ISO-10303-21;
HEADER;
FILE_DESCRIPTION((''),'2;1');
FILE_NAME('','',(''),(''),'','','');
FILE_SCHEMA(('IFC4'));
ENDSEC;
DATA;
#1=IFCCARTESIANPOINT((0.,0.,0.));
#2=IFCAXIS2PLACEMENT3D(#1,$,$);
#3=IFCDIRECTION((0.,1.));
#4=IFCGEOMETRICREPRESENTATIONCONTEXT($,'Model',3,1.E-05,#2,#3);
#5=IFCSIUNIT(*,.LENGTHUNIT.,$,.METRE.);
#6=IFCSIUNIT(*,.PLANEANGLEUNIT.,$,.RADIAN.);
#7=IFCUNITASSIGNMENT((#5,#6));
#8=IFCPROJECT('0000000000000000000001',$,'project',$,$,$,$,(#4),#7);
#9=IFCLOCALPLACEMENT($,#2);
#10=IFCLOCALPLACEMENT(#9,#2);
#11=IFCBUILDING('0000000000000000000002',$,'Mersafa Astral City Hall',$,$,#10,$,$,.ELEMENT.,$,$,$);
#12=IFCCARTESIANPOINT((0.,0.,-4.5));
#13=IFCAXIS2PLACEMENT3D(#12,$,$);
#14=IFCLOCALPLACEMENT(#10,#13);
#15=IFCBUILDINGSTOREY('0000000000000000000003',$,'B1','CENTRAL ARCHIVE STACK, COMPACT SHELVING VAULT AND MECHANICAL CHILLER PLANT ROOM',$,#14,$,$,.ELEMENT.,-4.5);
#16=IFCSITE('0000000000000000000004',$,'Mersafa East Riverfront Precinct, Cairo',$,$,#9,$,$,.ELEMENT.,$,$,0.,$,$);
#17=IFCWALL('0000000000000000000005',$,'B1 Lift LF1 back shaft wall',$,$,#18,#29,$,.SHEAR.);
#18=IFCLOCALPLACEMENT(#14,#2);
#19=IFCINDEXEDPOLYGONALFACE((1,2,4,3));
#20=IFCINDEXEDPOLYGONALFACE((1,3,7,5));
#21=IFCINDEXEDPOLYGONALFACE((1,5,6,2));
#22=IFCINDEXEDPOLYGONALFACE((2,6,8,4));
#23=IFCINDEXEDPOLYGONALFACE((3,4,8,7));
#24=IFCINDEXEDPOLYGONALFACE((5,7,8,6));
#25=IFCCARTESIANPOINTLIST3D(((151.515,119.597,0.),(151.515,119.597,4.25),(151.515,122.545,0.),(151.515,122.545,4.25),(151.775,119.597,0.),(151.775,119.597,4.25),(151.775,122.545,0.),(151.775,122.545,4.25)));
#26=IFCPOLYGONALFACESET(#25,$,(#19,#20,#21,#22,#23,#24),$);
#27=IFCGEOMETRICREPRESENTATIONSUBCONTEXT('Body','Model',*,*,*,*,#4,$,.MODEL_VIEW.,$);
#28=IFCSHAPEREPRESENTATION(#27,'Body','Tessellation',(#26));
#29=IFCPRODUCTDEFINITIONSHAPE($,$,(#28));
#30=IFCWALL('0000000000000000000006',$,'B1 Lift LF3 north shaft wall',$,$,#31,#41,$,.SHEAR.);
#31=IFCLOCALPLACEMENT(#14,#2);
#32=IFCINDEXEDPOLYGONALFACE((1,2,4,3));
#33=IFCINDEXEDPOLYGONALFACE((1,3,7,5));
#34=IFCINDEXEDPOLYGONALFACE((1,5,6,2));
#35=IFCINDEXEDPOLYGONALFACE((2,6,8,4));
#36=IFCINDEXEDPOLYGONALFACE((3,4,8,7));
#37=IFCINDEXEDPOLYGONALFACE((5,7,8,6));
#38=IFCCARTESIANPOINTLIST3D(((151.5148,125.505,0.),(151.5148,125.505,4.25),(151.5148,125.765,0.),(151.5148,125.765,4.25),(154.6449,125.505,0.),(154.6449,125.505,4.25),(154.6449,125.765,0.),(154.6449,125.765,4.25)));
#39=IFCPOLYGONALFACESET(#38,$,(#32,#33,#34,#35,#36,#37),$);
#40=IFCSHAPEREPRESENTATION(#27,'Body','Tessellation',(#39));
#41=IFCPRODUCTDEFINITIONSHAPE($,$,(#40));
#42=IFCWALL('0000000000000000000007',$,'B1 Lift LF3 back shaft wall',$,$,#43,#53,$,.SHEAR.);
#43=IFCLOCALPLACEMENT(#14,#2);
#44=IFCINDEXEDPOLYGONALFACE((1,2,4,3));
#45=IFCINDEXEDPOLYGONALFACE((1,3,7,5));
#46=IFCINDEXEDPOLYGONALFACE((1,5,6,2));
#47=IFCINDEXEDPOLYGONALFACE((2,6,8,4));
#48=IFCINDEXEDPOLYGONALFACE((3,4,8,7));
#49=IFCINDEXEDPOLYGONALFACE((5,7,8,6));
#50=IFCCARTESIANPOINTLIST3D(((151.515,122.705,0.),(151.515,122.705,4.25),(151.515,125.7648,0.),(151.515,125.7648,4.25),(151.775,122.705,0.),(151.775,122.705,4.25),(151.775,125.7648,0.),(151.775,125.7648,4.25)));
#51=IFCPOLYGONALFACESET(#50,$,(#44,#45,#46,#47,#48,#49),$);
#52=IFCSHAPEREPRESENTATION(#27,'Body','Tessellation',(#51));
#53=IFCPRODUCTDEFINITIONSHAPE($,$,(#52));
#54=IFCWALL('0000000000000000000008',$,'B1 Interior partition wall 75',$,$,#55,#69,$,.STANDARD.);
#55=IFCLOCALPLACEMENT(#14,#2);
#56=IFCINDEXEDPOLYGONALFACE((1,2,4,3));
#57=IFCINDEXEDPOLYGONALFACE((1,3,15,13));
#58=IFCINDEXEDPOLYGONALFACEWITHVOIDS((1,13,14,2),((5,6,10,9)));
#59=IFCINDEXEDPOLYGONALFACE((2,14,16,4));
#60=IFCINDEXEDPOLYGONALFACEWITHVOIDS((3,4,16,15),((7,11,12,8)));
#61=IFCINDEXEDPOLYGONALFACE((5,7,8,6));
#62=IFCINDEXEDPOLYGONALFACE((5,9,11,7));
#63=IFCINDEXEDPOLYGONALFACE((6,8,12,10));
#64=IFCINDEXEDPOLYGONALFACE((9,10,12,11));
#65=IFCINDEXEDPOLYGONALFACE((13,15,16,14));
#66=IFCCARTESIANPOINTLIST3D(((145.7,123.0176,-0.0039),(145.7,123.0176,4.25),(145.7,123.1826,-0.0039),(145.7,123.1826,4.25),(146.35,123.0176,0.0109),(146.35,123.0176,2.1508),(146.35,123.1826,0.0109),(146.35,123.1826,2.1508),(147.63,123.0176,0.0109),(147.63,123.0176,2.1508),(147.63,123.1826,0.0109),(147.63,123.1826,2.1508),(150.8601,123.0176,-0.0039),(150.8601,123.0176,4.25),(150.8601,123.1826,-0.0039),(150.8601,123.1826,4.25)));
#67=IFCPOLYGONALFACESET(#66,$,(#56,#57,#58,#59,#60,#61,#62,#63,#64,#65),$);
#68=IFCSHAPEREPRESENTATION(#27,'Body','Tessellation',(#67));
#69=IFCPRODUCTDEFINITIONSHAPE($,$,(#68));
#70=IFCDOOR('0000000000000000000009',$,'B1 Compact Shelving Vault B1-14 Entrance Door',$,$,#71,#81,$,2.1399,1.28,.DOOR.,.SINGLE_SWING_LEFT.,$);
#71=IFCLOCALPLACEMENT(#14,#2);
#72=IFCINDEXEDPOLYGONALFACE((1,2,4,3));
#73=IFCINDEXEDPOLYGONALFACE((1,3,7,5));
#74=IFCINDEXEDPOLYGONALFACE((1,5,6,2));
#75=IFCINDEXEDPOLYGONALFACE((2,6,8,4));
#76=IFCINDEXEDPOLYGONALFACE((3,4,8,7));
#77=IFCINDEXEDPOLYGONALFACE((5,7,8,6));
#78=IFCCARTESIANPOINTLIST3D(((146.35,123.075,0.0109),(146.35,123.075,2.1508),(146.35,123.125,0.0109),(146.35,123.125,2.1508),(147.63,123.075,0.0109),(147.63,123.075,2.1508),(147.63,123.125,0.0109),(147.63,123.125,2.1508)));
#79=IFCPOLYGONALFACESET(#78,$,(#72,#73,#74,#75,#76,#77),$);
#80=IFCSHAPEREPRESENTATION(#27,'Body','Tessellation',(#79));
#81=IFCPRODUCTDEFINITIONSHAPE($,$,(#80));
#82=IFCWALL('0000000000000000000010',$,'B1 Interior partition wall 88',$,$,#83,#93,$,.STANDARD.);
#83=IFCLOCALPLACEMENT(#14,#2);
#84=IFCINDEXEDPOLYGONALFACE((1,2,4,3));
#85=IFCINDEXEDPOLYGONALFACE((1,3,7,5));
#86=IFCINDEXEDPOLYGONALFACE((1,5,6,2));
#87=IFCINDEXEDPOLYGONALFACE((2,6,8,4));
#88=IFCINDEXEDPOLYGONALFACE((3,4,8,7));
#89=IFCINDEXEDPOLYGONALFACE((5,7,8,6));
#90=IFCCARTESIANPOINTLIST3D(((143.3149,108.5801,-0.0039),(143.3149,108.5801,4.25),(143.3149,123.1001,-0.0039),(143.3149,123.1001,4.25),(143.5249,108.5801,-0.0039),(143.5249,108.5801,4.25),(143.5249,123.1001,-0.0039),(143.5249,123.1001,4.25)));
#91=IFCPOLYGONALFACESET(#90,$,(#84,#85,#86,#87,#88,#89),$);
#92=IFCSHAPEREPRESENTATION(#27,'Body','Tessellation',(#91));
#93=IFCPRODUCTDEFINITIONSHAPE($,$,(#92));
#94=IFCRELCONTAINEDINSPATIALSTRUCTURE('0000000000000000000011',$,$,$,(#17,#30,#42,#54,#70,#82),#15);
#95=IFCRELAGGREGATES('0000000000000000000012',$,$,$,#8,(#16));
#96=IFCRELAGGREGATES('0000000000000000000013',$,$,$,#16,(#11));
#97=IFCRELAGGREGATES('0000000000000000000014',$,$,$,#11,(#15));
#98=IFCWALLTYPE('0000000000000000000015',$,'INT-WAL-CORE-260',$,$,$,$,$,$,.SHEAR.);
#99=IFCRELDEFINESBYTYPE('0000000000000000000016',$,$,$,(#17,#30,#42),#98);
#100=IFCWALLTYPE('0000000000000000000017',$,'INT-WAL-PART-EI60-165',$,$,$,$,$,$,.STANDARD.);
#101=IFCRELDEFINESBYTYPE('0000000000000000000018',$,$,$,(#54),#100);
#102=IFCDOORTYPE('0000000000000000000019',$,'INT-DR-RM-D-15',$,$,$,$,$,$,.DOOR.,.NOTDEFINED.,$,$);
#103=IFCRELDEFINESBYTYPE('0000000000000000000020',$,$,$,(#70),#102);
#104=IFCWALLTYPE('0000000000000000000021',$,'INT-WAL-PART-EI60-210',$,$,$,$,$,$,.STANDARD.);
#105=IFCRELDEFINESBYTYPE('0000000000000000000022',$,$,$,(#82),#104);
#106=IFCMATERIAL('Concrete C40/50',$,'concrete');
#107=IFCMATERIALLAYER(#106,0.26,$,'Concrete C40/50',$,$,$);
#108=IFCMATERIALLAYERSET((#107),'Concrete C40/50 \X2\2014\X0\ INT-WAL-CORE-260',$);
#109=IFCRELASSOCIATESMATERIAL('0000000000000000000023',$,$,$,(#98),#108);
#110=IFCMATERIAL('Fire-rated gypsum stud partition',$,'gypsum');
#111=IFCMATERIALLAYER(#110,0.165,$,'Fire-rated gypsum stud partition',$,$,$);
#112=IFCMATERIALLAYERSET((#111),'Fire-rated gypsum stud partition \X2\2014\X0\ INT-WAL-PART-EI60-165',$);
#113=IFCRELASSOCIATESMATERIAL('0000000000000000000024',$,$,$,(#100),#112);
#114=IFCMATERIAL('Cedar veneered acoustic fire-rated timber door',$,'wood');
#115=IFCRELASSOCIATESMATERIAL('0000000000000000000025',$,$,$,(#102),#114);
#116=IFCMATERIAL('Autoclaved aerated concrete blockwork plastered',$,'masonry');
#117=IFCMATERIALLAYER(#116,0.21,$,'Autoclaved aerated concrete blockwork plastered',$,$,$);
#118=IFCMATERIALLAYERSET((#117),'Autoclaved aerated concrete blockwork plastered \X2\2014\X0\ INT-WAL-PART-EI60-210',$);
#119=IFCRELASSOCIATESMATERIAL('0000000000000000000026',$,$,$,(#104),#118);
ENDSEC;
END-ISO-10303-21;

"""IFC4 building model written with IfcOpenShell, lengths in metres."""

from ifc_helpers import new_model, si_unit, direction, frame, frame_2d, origin, place, context, subcontext, project, spatial, rectangle, extrude, material, layer, layer_set, type_object, element, fill, save


model = new_model("IFC4")

# Units and contexts
model_context = context("Model", 3, precision=1e-05, world=origin(), true_north=direction((0.0, 1.0)))
body_context = subcontext(model_context, "Body", "Model", "MODEL_VIEW")
ifc_project = project(units=[si_unit("LENGTHUNIT", "METRE"), si_unit("PLANEANGLEUNIT", "RADIAN")], contexts=[model_context])

# Site, building, storey
site_placement = place(None, origin())
site = spatial("IfcSite", under=ifc_project, at=site_placement, Name="Mersafa East Riverfront Precinct, Cairo", CompositionType="ELEMENT", RefElevation=0.0)
building_placement = place(site_placement, origin())
building = spatial("IfcBuilding", under=site, at=building_placement, Name="Mersafa Astral City Hall", CompositionType="ELEMENT")
storey_placement = place(building_placement, frame((0.0, 0.0, -4.5)))
storey = spatial("IfcBuildingStorey", under=building, at=storey_placement, Name="B1", Description="CENTRAL ARCHIVE STACK, COMPACT SHELVING VAULT AND MECHANICAL CHILLER PLANT ROOM", CompositionType="ELEMENT", Elevation=-4.5)

# Shared definitions
ifc_material_1 = material(Name="Concrete C40/50", Category="concrete")

# Walls
ifc_layer_1 = layer(ifc_material_1, 0.26, Name="Concrete C40/50")
ifc_layer_set_1 = layer_set([ifc_layer_1], Name="Concrete C40/50 — INT-WAL-CORE-260")
wall_type_1 = type_object("IfcWallType", Name="INT-WAL-CORE-260", PredefinedType="SHEAR", material=ifc_layer_set_1)
wall_1_placement = place(storey_placement, frame((151.645, 119.5969, 0.0), z_axis=(0.0, 0.0, 1.0), x_axis=(0.0, 1.0, 0.0)))
element("IfcWall", 1, at=wall_1_placement, inside=storey, type_object=wall_type_1, Name="B1 Lift LF1 back shaft wall", PredefinedType="SHEAR", context=body_context, shape_type="SweptSolid", body=[
    extrude(rectangle(XDim=2.948, YDim=0.26, at=frame_2d((1.4741, 0.0))), origin(), (0.0, 0.0, 1.0), 4.25),
])
wall_2_placement = place(storey_placement, frame((151.5149, 125.635, 0.0), z_axis=(0.0, 0.0, 1.0), x_axis=(1.0, 0.0, 0.0)))
element("IfcWall", 2, at=wall_2_placement, inside=storey, type_object=wall_type_1, Name="B1 Lift LF3 north shaft wall", PredefinedType="SHEAR", context=body_context, shape_type="SweptSolid", body=[
    extrude(rectangle(XDim=3.1301, YDim=0.26, at=frame_2d((1.5649, 0.0))), origin(), (0.0, 0.0, 1.0), 4.25),
])
wall_3_placement = place(storey_placement, frame((151.645, 122.7051, 0.0), z_axis=(0.0, 0.0, 1.0), x_axis=(0.0, 1.0, 0.0)))
element("IfcWall", 3, at=wall_3_placement, inside=storey, type_object=wall_type_1, Name="B1 Lift LF3 back shaft wall", PredefinedType="SHEAR", context=body_context, shape_type="SweptSolid", body=[
    extrude(rectangle(XDim=3.0598, YDim=0.26, at=frame_2d((1.5298, 0.0))), origin(), (0.0, 0.0, 1.0), 4.25),
])

# Wall, opening, door
ifc_material_2 = material(Name="Fire-rated gypsum stud partition", Category="gypsum")
ifc_layer_2 = layer(ifc_material_2, 0.165, Name="Fire-rated gypsum stud partition")
ifc_layer_set_2 = layer_set([ifc_layer_2], Name="Fire-rated gypsum stud partition — INT-WAL-PART-EI60-165")
wall_type_2 = type_object("IfcWallType", Name="INT-WAL-PART-EI60-165", PredefinedType="STANDARD", material=ifc_layer_set_2)
wall_4_placement = place(storey_placement, frame((145.7, 123.1001, -0.0039), z_axis=(0.0, 0.0, 1.0), x_axis=(1.0, 0.0, 0.0)))
wall_4 = element("IfcWall", 4, at=wall_4_placement, inside=storey, type_object=wall_type_2, Name="B1 Interior partition wall 75", PredefinedType="STANDARD", context=body_context, shape_type="SweptSolid", body=[
    extrude(rectangle(XDim=5.1602, YDim=0.165, at=frame_2d((2.5801, 0.0))), origin(), (0.0, 0.0, 1.0), 4.2539),
])
opening_1_placement = place(wall_4_placement, frame((0.6499, 0.0, 0.0149)))
opening_1 = element("IfcOpeningElement", 5, at=opening_1_placement, cuts=wall_4, PredefinedType="OPENING", context=body_context, shape_type="SweptSolid", body=[
    extrude(rectangle(XDim=1.28, YDim=2.1399, at=frame_2d((0.6401, 1.0698))), frame((0.0, 0.0925, 0.0), z_axis=(0.0, -1.0, 0.0), x_axis=(1.0, 0.0, 0.0)), (0.0, 0.0, 1.0), 0.1851),
])
ifc_material_3 = material(Name="Cedar veneered acoustic fire-rated timber door", Category="wood")
door_type_1 = type_object("IfcDoorType", Name="INT-DR-RM-D-15", OperationType="NOTDEFINED", PredefinedType="DOOR", material=ifc_material_3)
door_1_placement = place(opening_1_placement, origin())
door_1 = element("IfcDoor", 6, at=door_1_placement, inside=storey, type_object=door_type_1, Name="B1 Compact Shelving Vault B1-14 Entrance Door", OperationType="SINGLE_SWING_LEFT", OverallHeight=2.1399, OverallWidth=1.28, PredefinedType="DOOR", context=body_context, shape_type="SweptSolid", body=[
    extrude(rectangle(XDim=1.28, YDim=2.1399, at=frame_2d((0.6401, 1.0698))), frame((0.0, 0.0249, 0.0), z_axis=(0.0, -1.0, 0.0), x_axis=(1.0, 0.0, 0.0)), (0.0, 0.0, 1.0), 0.05),
])
fill(opening_1, door_1)

# Wall
ifc_material_4 = material(Name="Autoclaved aerated concrete blockwork plastered", Category="masonry")
ifc_layer_3 = layer(ifc_material_4, 0.21, Name="Autoclaved aerated concrete blockwork plastered")
ifc_layer_set_3 = layer_set([ifc_layer_3], Name="Autoclaved aerated concrete blockwork plastered — INT-WAL-PART-EI60-210")
wall_type_3 = type_object("IfcWallType", Name="INT-WAL-PART-EI60-210", PredefinedType="STANDARD", material=ifc_layer_set_3)
wall_5_placement = place(storey_placement, frame((143.4199, 123.1001, -0.0039), z_axis=(0.0, 0.0, 1.0), x_axis=(0.0, -1.0, 0.0)))
element("IfcWall", 7, at=wall_5_placement, inside=storey, type_object=wall_type_3, Name="B1 Interior partition wall 88", PredefinedType="STANDARD", context=body_context, shape_type="SweptSolid", body=[
    extrude(rectangle(XDim=14.52, YDim=0.21, at=frame_2d((7.26, 0.0))), origin(), (0.0, 0.0, 1.0), 4.2539),
])

save(model, "model.ifc")
